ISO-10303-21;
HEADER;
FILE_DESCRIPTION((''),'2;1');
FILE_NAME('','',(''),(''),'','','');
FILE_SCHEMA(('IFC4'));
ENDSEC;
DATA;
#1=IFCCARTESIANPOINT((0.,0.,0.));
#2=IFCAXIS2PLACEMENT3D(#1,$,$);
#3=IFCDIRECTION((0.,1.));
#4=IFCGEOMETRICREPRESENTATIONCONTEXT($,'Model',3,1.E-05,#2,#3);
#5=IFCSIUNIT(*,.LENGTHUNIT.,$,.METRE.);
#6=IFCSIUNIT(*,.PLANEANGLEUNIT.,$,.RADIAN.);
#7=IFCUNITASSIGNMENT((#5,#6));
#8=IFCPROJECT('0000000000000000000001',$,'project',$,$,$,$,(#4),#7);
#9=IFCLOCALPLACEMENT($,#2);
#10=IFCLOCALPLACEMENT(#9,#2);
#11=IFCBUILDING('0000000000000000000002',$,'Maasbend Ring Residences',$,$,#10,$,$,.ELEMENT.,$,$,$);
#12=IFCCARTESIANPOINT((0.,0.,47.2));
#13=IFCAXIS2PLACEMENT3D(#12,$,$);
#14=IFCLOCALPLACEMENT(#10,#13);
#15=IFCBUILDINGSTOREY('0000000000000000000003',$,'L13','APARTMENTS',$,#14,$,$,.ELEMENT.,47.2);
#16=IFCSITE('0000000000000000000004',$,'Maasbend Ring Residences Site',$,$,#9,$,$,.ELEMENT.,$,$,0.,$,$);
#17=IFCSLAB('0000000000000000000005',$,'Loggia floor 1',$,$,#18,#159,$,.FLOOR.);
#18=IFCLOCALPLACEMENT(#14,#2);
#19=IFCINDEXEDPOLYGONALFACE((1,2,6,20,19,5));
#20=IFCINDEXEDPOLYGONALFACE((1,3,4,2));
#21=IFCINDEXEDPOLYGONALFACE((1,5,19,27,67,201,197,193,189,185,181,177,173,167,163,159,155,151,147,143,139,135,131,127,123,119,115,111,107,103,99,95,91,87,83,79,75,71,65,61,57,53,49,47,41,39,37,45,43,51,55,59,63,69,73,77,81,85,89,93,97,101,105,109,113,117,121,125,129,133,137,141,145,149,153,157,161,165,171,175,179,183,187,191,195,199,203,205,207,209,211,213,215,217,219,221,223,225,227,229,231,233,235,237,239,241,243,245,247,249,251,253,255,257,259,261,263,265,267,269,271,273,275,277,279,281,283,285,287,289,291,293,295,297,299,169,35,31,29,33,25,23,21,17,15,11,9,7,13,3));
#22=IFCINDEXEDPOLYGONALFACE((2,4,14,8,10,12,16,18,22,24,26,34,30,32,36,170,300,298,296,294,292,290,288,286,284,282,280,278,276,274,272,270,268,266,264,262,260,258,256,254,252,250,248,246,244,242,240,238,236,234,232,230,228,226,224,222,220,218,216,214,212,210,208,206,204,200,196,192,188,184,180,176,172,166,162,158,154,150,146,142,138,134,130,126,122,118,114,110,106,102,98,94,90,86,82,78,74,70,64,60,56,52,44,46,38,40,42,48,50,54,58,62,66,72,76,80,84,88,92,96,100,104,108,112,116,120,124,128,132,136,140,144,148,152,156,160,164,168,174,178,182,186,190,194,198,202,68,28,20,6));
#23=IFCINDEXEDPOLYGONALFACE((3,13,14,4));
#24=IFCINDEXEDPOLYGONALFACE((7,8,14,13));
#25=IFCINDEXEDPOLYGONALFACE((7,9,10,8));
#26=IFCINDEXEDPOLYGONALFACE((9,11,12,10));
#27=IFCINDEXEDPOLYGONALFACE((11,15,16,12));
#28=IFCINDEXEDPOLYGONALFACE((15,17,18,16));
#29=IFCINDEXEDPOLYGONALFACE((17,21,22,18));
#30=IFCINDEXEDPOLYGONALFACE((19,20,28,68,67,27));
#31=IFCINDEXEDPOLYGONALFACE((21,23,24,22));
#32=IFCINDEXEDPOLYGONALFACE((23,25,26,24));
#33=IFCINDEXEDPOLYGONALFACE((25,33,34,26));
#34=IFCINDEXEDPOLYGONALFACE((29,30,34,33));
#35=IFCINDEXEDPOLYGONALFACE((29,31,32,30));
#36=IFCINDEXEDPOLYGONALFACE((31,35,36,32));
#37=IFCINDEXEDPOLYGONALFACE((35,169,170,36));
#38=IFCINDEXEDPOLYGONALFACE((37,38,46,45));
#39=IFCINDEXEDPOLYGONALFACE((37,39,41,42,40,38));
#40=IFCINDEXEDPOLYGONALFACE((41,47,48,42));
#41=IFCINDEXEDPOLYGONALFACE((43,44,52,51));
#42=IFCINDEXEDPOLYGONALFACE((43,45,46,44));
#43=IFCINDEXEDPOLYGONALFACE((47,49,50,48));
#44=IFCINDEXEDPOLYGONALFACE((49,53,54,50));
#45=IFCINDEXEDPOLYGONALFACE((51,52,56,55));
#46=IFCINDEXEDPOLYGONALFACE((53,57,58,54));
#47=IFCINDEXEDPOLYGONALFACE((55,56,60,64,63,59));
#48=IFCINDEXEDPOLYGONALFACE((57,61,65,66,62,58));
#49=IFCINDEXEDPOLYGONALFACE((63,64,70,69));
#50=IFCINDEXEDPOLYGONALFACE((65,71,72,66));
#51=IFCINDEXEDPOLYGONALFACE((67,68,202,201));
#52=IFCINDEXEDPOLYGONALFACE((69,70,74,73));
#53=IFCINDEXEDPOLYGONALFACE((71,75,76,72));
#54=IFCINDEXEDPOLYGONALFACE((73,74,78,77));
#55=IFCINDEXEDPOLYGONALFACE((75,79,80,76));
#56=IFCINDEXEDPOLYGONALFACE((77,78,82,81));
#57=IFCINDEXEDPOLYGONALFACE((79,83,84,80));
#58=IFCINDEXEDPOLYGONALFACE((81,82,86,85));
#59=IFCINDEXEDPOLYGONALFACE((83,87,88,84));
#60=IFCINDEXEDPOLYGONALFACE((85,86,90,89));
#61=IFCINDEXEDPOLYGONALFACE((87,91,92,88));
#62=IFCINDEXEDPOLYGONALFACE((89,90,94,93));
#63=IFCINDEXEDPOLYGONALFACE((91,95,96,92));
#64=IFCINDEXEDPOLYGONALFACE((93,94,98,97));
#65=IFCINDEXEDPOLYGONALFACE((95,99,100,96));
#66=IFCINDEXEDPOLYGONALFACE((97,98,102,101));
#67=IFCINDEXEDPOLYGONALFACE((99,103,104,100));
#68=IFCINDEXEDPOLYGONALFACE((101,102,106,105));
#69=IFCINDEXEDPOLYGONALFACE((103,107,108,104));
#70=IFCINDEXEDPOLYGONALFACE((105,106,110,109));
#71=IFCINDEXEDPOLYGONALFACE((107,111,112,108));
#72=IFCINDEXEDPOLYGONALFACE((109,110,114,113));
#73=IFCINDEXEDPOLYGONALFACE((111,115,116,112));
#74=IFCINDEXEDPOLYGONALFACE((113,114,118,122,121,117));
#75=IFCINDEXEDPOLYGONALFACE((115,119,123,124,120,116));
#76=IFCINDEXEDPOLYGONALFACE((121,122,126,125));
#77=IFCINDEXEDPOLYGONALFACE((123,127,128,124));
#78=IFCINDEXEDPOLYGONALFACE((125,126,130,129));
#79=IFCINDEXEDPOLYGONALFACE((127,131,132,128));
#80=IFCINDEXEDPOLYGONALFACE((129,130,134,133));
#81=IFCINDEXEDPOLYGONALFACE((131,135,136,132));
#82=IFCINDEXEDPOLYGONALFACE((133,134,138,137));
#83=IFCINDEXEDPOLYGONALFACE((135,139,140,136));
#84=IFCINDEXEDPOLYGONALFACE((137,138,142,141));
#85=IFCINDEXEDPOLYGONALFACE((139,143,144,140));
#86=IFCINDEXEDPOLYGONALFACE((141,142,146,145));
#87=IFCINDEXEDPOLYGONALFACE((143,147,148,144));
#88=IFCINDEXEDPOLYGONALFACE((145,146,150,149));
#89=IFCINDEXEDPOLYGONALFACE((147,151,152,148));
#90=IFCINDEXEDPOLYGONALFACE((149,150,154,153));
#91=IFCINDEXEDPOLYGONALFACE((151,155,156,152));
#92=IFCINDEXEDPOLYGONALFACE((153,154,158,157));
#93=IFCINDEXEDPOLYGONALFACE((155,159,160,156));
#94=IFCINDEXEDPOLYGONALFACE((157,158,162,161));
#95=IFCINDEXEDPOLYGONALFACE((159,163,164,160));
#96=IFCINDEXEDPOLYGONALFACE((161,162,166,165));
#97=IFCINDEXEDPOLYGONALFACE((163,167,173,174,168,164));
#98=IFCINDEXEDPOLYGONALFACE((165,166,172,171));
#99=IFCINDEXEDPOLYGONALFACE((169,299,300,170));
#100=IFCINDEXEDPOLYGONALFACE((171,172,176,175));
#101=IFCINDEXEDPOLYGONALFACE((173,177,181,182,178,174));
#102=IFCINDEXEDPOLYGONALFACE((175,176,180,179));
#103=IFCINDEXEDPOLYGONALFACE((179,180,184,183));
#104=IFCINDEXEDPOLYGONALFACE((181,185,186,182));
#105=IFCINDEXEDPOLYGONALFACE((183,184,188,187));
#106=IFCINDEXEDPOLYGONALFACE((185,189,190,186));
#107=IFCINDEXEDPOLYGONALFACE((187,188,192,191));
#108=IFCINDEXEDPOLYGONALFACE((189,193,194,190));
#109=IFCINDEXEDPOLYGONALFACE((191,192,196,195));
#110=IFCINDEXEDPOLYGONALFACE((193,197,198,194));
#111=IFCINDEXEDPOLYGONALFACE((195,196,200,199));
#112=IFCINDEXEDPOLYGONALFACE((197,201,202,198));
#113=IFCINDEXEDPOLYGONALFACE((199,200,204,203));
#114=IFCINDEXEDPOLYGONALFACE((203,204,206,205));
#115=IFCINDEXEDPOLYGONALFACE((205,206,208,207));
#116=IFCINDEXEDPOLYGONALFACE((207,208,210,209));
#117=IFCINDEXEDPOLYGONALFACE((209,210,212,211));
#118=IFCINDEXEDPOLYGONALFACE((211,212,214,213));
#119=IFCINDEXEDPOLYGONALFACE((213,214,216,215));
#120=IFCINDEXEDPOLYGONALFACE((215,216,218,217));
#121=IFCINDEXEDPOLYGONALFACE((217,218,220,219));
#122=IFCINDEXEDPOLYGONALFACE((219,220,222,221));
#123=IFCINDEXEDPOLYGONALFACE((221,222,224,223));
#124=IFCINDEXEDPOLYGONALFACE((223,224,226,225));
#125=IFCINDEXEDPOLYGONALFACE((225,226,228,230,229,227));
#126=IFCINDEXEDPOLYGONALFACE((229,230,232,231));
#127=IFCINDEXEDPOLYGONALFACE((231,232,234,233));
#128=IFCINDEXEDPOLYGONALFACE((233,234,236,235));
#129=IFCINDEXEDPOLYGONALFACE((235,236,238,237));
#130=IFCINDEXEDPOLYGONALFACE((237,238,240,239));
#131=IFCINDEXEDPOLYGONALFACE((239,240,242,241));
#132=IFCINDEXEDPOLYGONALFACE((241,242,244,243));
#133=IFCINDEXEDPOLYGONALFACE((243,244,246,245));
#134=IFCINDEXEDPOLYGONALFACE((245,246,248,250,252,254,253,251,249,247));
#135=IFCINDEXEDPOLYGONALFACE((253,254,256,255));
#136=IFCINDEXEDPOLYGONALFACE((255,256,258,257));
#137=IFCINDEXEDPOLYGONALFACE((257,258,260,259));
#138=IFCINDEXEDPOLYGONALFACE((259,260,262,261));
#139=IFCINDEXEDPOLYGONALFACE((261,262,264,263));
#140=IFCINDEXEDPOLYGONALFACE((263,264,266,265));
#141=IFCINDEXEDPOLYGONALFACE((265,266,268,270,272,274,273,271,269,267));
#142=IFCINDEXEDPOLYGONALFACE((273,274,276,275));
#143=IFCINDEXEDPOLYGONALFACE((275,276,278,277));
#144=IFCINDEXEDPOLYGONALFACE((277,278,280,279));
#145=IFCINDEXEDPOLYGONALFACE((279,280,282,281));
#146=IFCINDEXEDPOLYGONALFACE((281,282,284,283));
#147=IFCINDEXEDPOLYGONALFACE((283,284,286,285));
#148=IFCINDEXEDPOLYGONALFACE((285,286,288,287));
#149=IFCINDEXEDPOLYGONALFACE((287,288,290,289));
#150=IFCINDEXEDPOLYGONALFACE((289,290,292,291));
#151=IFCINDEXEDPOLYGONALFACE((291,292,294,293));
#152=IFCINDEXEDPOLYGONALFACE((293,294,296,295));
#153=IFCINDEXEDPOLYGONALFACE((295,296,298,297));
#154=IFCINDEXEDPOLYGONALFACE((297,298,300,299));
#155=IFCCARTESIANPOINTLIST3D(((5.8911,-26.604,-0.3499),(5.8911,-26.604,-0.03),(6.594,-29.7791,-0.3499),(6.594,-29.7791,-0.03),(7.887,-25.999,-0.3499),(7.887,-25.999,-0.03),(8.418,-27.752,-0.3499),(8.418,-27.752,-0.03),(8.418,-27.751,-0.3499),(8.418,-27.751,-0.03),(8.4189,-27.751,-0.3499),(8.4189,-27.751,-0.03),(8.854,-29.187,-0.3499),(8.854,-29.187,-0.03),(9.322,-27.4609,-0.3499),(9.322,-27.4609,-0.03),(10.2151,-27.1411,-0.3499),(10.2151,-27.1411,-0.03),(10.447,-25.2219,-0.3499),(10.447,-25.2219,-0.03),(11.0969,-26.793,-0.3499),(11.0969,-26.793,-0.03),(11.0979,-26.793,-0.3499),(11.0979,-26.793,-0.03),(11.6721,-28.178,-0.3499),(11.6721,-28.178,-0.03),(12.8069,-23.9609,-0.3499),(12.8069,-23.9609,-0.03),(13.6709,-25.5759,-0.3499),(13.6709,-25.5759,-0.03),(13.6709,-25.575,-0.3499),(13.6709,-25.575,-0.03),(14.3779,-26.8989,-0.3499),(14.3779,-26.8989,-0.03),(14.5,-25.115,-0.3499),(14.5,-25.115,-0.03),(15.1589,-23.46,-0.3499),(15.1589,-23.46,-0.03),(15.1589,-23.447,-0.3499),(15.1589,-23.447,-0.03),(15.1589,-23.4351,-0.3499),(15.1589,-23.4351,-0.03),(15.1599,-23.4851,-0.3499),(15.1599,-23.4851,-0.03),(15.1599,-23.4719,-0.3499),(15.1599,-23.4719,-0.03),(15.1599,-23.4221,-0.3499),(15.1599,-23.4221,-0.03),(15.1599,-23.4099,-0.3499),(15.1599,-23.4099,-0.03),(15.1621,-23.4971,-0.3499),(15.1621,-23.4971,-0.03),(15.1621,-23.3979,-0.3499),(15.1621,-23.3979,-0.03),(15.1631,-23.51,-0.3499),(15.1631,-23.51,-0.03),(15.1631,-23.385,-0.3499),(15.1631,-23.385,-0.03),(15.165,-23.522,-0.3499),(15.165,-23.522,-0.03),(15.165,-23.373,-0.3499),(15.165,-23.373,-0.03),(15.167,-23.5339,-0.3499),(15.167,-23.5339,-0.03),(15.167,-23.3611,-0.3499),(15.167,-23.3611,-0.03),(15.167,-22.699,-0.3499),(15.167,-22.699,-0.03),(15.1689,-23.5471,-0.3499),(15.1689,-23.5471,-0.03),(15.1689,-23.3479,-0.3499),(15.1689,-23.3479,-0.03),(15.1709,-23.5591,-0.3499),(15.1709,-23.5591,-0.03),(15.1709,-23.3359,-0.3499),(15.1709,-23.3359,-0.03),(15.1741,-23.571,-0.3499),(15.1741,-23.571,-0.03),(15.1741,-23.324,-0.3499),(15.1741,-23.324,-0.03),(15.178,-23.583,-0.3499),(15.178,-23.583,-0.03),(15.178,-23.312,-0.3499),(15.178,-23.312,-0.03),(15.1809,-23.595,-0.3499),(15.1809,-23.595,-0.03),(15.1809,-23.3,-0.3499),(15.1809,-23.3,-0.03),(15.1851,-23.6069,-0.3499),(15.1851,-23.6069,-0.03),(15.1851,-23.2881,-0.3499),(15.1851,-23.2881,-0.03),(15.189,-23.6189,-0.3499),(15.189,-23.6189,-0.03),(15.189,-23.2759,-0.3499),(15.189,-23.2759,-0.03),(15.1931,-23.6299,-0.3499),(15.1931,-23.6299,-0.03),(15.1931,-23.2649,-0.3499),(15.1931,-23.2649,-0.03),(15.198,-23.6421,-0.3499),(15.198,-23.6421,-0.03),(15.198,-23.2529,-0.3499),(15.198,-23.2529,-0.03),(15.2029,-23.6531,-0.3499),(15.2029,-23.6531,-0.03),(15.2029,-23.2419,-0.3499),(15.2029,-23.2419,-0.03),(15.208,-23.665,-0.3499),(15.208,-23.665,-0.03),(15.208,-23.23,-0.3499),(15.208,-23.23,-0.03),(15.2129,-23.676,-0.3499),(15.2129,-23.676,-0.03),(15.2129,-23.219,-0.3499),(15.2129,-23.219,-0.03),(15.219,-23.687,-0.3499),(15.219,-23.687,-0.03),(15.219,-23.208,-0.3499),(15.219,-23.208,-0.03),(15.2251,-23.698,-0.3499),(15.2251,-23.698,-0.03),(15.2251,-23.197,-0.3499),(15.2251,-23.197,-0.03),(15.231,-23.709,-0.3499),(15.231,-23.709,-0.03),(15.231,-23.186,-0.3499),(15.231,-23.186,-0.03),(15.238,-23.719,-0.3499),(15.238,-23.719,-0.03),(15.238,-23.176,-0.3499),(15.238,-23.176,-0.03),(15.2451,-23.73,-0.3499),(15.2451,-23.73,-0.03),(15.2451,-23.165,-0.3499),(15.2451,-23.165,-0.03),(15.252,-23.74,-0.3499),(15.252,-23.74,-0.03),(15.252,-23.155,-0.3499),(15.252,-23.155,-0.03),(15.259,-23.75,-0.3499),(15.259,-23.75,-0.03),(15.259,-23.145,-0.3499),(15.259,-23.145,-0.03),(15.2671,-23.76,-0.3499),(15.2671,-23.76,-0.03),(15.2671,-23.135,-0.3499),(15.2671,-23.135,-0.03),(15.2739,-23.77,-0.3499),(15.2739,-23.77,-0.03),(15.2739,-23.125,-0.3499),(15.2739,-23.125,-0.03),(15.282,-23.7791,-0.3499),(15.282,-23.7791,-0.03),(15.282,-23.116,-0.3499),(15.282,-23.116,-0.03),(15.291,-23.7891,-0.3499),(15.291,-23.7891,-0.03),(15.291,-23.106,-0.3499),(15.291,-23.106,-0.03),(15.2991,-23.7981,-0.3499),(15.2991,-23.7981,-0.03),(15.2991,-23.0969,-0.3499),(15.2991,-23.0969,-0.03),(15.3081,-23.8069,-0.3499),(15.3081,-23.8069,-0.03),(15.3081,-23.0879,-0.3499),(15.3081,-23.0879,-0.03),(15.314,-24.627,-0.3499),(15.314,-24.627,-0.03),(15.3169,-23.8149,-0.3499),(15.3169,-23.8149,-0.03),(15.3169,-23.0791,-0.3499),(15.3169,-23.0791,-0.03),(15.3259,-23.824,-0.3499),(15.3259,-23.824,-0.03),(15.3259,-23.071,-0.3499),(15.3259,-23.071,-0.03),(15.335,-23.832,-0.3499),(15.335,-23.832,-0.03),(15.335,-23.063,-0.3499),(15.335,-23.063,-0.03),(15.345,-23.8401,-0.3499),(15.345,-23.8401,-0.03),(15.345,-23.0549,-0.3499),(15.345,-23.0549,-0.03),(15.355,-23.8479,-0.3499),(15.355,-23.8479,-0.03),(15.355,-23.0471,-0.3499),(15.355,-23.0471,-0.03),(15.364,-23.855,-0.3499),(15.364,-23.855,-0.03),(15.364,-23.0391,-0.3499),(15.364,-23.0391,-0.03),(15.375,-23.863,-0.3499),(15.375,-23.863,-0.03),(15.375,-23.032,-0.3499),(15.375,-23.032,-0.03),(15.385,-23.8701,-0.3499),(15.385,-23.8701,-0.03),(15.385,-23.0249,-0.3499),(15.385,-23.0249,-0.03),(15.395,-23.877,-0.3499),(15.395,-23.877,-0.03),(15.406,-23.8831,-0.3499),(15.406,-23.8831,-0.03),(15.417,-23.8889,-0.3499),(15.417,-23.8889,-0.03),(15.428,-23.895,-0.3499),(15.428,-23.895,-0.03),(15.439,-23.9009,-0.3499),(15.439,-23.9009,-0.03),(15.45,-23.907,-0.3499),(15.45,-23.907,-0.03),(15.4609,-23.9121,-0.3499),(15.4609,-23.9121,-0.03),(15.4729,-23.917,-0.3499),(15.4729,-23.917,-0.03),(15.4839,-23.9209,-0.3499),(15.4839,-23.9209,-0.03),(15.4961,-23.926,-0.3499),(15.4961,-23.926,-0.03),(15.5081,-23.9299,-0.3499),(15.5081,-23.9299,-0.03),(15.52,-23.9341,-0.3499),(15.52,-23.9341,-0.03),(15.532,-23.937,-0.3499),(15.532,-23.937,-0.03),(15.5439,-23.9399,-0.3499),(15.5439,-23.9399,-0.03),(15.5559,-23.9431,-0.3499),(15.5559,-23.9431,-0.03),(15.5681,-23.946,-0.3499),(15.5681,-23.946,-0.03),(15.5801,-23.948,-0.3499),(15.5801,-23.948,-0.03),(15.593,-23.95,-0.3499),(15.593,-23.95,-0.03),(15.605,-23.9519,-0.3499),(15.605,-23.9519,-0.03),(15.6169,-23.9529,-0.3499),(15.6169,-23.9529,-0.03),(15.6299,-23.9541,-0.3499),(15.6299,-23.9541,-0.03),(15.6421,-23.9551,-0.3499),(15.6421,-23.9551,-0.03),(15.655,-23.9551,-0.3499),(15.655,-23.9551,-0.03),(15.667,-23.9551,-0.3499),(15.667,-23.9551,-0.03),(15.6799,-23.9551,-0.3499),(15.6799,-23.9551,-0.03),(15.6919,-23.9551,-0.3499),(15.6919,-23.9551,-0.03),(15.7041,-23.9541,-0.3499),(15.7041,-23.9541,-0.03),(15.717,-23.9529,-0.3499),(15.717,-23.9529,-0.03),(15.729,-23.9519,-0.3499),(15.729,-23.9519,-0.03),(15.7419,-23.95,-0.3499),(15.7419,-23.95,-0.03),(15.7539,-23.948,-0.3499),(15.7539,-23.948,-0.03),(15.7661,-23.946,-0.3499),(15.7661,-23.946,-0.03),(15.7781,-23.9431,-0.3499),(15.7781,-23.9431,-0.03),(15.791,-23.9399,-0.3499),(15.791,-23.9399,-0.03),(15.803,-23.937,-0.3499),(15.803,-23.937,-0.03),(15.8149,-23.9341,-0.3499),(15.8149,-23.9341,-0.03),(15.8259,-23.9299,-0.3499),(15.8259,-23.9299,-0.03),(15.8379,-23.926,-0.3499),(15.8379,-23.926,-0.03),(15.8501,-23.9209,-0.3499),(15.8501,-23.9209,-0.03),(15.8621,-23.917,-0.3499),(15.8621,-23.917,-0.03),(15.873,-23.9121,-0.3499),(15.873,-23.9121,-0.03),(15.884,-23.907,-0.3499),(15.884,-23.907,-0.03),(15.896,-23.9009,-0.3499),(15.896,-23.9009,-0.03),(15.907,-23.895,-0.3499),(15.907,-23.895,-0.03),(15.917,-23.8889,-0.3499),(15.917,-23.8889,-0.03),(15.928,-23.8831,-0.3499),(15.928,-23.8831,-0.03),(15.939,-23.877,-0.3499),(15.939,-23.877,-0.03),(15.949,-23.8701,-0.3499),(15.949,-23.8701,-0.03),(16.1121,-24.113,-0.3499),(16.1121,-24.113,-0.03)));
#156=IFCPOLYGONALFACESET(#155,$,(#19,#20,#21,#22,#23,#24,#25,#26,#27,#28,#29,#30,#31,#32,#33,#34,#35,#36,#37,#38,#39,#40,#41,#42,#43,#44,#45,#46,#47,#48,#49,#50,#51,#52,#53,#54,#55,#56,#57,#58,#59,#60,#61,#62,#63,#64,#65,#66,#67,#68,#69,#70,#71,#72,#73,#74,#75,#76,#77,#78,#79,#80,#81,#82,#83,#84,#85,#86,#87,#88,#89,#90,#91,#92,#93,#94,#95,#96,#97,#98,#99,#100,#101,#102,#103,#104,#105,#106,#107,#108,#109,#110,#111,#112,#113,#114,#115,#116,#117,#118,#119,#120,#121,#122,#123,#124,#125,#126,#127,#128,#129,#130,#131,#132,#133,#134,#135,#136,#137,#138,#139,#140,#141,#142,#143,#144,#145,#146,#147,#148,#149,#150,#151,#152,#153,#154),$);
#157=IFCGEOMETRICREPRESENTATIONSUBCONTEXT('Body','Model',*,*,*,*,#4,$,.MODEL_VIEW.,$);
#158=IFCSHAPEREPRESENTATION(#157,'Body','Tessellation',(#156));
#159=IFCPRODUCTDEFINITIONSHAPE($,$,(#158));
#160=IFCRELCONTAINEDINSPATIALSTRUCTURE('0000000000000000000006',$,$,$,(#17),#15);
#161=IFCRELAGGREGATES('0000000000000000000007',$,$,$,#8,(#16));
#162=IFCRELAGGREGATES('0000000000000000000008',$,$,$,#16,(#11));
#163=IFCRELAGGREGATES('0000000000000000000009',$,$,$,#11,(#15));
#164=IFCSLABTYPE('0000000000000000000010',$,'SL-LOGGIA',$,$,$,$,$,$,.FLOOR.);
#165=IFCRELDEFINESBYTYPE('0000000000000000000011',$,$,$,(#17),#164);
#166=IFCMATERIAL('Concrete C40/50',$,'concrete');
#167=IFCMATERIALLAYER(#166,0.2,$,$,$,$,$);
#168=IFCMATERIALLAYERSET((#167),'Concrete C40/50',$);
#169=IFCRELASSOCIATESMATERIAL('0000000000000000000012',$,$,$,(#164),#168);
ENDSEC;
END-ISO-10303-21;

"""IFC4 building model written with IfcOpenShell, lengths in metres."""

from ifc_helpers import new_model, si_unit, direction, frame, origin, place, context, subcontext, project, spatial, polyline, outline, extrude, material, layer, layer_set, type_object, element, save


model = new_model("IFC4")

# Units and contexts
model_context = context("Model", 3, precision=1e-05, world=origin(), true_north=direction((0.0, 1.0)))
body_context = subcontext(model_context, "Body", "Model", "MODEL_VIEW")
ifc_project = project(units=[si_unit("LENGTHUNIT", "METRE"), si_unit("PLANEANGLEUNIT", "RADIAN")], contexts=[model_context])

# Site, building, storey
site_placement = place(None, origin())
site = spatial("IfcSite", under=ifc_project, at=site_placement, Name="Maasbend Ring Residences Site", CompositionType="ELEMENT", RefElevation=0.0)
building_placement = place(site_placement, origin())
building = spatial("IfcBuilding", under=site, at=building_placement, Name="Maasbend Ring Residences", CompositionType="ELEMENT")
storey_placement = place(building_placement, frame((0.0, 0.0, 47.2)))
storey = spatial("IfcBuildingStorey", under=building, at=storey_placement, Name="L13", Description="APARTMENTS", CompositionType="ELEMENT", Elevation=47.2)

# Slab
ifc_material_1 = material(Name="Concrete C40/50", Category="concrete")
ifc_layer_1 = layer(ifc_material_1, 0.2)
ifc_layer_set_1 = layer_set([ifc_layer_1], Name="Concrete C40/50")
slab_type = type_object("IfcSlabType", Name="SL-LOGGIA", PredefinedType="FLOOR", material=ifc_layer_set_1)
slab_1_placement = place(storey_placement, frame((0.0, 0.0, -0.3499)))
element("IfcSlab", 1, at=slab_1_placement, inside=storey, type_object=slab_type, Name="Loggia floor 1", PredefinedType="FLOOR", context=body_context, shape_type="SweptSolid", body=[
    extrude(outline(polyline([(10.447, -25.2219), (12.8069, -23.9609), (15.167, -22.699), (15.167, -22.699), (15.167, -22.699), (15.385, -23.0249), (15.375, -23.032), (15.364, -23.0391), (15.355, -23.0471), (15.345, -23.0549), (15.335, -23.063), (15.3259, -23.071), (15.3169, -23.0791), (15.3081, -23.0879), (15.2991, -23.0969), (15.291, -23.106), (15.282, -23.116), (15.2739, -23.125), (15.2671, -23.135), (15.259, -23.145), (15.252, -23.155), (15.2451, -23.165), (15.238, -23.176), (15.231, -23.186), (15.2251, -23.197), (15.219, -23.208), (15.2129, -23.219), (15.208, -23.23), (15.2029, -23.2419), (15.198, -23.2529), (15.1931, -23.2649), (15.189, -23.2759), (15.1851, -23.2881), (15.1809, -23.3), (15.178, -23.312), (15.1741, -23.324), (15.1709, -23.3359), (15.1689, -23.3479), (15.167, -23.3611), (15.165, -23.373), (15.1631, -23.385), (15.1621, -23.3979), (15.1599, -23.4099), (15.1599, -23.4221), (15.1589, -23.4351), (15.1589, -23.447), (15.1589, -23.46), (15.1599, -23.4719), (15.1599, -23.4851), (15.1621, -23.4971), (15.1631, -23.51), (15.165, -23.522), (15.167, -23.5339), (15.1689, -23.5471), (15.1709, -23.5591), (15.1741, -23.571), (15.178, -23.583), (15.1809, -23.595), (15.1851, -23.6069), (15.189, -23.6189), (15.1931, -23.6299), (15.198, -23.6421), (15.2029, -23.6531), (15.208, -23.665), (15.2129, -23.676), (15.219, -23.687), (15.2251, -23.698), (15.231, -23.709), (15.238, -23.719), (15.2451, -23.73), (15.252, -23.74), (15.259, -23.75), (15.2671, -23.76), (15.2739, -23.77), (15.282, -23.7791), (15.291, -23.7891), (15.2991, -23.7981), (15.3081, -23.8069), (15.3169, -23.8149), (15.3259, -23.824), (15.335, -23.832), (15.345, -23.8401), (15.355, -23.8479), (15.364, -23.855), (15.375, -23.863), (15.385, -23.8701), (15.395, -23.877), (15.406, -23.8831), (15.417, -23.8889), (15.428, -23.895), (15.439, -23.9009), (15.45, -23.907), (15.4609, -23.9121), (15.4729, -23.917), (15.4839, -23.9209), (15.4961, -23.926), (15.5081, -23.9299), (15.52, -23.9341), (15.532, -23.937), (15.5439, -23.9399), (15.5559, -23.9431), (15.5681, -23.946), (15.5801, -23.948), (15.593, -23.95), (15.605, -23.9519), (15.6169, -23.9529), (15.6299, -23.9541), (15.6421, -23.9551), (15.655, -23.9551), (15.667, -23.9551), (15.6799, -23.9551), (15.6919, -23.9551), (15.7041, -23.9541), (15.717, -23.9529), (15.729, -23.9519), (15.7419, -23.95), (15.7539, -23.948), (15.7661, -23.946), (15.7781, -23.9431), (15.791, -23.9399), (15.803, -23.937), (15.8149, -23.9341), (15.8259, -23.9299), (15.8379, -23.926), (15.8501, -23.9209), (15.8621, -23.917), (15.873, -23.9121), (15.884, -23.907), (15.896, -23.9009), (15.907, -23.895), (15.917, -23.8889), (15.928, -23.8831), (15.939, -23.877), (15.949, -23.8701), (16.1121, -24.113), (16.1121, -24.113), (16.1121, -24.113), (15.314, -24.627), (15.314, -24.627), (14.5, -25.115), (14.5, -25.115), (13.6709, -25.575), (13.6709, -25.5759), (13.6709, -25.5759), (13.6709, -25.5759), (13.6709, -25.5759), (13.6709, -25.5759), (13.6709, -25.5759), (13.6709, -25.5759), (13.6709, -25.5759), (13.6709, -25.5759), (13.6709, -25.5759), (13.6709, -25.5759), (13.6709, -25.5759), (13.6709, -25.5759), (13.6709, -25.5759), (13.6709, -25.5759), (13.6709, -25.5759), (14.3779, -26.8989), (14.3779, -26.8989), (14.3779, -26.8989), (11.6721, -28.178), (11.6721, -28.178), (11.6721, -28.178), (11.0979, -26.793), (11.0979, -26.793), (11.0979, -26.793), (11.0979, -26.793), (11.0979, -26.793), (11.0979, -26.793), (11.0979, -26.793), (11.0979, -26.793), (11.0979, -26.793), (11.0979, -26.793), (11.0979, -26.793), (11.0979, -26.793), (11.0979, -26.793), (11.0979, -26.793), (11.0969, -26.793), (11.0969, -26.793), (11.0969, -26.793), (10.2151, -27.1411), (10.2151, -27.1411), (9.322, -27.4609), (9.322, -27.4609), (8.4189, -27.751), (8.4189, -27.751), (8.4189, -27.751), (8.4189, -27.751), (8.4189, -27.751), (8.4189, -27.751), (8.418, -27.751), (8.418, -27.751), (8.418, -27.751), (8.418, -27.751), (8.418, -27.751), (8.418, -27.752), (8.418, -27.752), (8.418, -27.752), (8.418, -27.752), (8.418, -27.752), (8.418, -27.752), (8.854, -29.187), (8.854, -29.187), (8.854, -29.187), (6.594, -29.7791), (6.594, -29.7791), (6.594, -29.7791), (5.8911, -26.604), (5.8911, -26.604), (5.8911, -26.604), (7.887, -25.999), (10.447, -25.2219), (10.447, -25.2219), (10.447, -25.2219)])), origin(), (0.0, 0.0, 1.0), 0.3198),
])

save(model, "model.ifc")
